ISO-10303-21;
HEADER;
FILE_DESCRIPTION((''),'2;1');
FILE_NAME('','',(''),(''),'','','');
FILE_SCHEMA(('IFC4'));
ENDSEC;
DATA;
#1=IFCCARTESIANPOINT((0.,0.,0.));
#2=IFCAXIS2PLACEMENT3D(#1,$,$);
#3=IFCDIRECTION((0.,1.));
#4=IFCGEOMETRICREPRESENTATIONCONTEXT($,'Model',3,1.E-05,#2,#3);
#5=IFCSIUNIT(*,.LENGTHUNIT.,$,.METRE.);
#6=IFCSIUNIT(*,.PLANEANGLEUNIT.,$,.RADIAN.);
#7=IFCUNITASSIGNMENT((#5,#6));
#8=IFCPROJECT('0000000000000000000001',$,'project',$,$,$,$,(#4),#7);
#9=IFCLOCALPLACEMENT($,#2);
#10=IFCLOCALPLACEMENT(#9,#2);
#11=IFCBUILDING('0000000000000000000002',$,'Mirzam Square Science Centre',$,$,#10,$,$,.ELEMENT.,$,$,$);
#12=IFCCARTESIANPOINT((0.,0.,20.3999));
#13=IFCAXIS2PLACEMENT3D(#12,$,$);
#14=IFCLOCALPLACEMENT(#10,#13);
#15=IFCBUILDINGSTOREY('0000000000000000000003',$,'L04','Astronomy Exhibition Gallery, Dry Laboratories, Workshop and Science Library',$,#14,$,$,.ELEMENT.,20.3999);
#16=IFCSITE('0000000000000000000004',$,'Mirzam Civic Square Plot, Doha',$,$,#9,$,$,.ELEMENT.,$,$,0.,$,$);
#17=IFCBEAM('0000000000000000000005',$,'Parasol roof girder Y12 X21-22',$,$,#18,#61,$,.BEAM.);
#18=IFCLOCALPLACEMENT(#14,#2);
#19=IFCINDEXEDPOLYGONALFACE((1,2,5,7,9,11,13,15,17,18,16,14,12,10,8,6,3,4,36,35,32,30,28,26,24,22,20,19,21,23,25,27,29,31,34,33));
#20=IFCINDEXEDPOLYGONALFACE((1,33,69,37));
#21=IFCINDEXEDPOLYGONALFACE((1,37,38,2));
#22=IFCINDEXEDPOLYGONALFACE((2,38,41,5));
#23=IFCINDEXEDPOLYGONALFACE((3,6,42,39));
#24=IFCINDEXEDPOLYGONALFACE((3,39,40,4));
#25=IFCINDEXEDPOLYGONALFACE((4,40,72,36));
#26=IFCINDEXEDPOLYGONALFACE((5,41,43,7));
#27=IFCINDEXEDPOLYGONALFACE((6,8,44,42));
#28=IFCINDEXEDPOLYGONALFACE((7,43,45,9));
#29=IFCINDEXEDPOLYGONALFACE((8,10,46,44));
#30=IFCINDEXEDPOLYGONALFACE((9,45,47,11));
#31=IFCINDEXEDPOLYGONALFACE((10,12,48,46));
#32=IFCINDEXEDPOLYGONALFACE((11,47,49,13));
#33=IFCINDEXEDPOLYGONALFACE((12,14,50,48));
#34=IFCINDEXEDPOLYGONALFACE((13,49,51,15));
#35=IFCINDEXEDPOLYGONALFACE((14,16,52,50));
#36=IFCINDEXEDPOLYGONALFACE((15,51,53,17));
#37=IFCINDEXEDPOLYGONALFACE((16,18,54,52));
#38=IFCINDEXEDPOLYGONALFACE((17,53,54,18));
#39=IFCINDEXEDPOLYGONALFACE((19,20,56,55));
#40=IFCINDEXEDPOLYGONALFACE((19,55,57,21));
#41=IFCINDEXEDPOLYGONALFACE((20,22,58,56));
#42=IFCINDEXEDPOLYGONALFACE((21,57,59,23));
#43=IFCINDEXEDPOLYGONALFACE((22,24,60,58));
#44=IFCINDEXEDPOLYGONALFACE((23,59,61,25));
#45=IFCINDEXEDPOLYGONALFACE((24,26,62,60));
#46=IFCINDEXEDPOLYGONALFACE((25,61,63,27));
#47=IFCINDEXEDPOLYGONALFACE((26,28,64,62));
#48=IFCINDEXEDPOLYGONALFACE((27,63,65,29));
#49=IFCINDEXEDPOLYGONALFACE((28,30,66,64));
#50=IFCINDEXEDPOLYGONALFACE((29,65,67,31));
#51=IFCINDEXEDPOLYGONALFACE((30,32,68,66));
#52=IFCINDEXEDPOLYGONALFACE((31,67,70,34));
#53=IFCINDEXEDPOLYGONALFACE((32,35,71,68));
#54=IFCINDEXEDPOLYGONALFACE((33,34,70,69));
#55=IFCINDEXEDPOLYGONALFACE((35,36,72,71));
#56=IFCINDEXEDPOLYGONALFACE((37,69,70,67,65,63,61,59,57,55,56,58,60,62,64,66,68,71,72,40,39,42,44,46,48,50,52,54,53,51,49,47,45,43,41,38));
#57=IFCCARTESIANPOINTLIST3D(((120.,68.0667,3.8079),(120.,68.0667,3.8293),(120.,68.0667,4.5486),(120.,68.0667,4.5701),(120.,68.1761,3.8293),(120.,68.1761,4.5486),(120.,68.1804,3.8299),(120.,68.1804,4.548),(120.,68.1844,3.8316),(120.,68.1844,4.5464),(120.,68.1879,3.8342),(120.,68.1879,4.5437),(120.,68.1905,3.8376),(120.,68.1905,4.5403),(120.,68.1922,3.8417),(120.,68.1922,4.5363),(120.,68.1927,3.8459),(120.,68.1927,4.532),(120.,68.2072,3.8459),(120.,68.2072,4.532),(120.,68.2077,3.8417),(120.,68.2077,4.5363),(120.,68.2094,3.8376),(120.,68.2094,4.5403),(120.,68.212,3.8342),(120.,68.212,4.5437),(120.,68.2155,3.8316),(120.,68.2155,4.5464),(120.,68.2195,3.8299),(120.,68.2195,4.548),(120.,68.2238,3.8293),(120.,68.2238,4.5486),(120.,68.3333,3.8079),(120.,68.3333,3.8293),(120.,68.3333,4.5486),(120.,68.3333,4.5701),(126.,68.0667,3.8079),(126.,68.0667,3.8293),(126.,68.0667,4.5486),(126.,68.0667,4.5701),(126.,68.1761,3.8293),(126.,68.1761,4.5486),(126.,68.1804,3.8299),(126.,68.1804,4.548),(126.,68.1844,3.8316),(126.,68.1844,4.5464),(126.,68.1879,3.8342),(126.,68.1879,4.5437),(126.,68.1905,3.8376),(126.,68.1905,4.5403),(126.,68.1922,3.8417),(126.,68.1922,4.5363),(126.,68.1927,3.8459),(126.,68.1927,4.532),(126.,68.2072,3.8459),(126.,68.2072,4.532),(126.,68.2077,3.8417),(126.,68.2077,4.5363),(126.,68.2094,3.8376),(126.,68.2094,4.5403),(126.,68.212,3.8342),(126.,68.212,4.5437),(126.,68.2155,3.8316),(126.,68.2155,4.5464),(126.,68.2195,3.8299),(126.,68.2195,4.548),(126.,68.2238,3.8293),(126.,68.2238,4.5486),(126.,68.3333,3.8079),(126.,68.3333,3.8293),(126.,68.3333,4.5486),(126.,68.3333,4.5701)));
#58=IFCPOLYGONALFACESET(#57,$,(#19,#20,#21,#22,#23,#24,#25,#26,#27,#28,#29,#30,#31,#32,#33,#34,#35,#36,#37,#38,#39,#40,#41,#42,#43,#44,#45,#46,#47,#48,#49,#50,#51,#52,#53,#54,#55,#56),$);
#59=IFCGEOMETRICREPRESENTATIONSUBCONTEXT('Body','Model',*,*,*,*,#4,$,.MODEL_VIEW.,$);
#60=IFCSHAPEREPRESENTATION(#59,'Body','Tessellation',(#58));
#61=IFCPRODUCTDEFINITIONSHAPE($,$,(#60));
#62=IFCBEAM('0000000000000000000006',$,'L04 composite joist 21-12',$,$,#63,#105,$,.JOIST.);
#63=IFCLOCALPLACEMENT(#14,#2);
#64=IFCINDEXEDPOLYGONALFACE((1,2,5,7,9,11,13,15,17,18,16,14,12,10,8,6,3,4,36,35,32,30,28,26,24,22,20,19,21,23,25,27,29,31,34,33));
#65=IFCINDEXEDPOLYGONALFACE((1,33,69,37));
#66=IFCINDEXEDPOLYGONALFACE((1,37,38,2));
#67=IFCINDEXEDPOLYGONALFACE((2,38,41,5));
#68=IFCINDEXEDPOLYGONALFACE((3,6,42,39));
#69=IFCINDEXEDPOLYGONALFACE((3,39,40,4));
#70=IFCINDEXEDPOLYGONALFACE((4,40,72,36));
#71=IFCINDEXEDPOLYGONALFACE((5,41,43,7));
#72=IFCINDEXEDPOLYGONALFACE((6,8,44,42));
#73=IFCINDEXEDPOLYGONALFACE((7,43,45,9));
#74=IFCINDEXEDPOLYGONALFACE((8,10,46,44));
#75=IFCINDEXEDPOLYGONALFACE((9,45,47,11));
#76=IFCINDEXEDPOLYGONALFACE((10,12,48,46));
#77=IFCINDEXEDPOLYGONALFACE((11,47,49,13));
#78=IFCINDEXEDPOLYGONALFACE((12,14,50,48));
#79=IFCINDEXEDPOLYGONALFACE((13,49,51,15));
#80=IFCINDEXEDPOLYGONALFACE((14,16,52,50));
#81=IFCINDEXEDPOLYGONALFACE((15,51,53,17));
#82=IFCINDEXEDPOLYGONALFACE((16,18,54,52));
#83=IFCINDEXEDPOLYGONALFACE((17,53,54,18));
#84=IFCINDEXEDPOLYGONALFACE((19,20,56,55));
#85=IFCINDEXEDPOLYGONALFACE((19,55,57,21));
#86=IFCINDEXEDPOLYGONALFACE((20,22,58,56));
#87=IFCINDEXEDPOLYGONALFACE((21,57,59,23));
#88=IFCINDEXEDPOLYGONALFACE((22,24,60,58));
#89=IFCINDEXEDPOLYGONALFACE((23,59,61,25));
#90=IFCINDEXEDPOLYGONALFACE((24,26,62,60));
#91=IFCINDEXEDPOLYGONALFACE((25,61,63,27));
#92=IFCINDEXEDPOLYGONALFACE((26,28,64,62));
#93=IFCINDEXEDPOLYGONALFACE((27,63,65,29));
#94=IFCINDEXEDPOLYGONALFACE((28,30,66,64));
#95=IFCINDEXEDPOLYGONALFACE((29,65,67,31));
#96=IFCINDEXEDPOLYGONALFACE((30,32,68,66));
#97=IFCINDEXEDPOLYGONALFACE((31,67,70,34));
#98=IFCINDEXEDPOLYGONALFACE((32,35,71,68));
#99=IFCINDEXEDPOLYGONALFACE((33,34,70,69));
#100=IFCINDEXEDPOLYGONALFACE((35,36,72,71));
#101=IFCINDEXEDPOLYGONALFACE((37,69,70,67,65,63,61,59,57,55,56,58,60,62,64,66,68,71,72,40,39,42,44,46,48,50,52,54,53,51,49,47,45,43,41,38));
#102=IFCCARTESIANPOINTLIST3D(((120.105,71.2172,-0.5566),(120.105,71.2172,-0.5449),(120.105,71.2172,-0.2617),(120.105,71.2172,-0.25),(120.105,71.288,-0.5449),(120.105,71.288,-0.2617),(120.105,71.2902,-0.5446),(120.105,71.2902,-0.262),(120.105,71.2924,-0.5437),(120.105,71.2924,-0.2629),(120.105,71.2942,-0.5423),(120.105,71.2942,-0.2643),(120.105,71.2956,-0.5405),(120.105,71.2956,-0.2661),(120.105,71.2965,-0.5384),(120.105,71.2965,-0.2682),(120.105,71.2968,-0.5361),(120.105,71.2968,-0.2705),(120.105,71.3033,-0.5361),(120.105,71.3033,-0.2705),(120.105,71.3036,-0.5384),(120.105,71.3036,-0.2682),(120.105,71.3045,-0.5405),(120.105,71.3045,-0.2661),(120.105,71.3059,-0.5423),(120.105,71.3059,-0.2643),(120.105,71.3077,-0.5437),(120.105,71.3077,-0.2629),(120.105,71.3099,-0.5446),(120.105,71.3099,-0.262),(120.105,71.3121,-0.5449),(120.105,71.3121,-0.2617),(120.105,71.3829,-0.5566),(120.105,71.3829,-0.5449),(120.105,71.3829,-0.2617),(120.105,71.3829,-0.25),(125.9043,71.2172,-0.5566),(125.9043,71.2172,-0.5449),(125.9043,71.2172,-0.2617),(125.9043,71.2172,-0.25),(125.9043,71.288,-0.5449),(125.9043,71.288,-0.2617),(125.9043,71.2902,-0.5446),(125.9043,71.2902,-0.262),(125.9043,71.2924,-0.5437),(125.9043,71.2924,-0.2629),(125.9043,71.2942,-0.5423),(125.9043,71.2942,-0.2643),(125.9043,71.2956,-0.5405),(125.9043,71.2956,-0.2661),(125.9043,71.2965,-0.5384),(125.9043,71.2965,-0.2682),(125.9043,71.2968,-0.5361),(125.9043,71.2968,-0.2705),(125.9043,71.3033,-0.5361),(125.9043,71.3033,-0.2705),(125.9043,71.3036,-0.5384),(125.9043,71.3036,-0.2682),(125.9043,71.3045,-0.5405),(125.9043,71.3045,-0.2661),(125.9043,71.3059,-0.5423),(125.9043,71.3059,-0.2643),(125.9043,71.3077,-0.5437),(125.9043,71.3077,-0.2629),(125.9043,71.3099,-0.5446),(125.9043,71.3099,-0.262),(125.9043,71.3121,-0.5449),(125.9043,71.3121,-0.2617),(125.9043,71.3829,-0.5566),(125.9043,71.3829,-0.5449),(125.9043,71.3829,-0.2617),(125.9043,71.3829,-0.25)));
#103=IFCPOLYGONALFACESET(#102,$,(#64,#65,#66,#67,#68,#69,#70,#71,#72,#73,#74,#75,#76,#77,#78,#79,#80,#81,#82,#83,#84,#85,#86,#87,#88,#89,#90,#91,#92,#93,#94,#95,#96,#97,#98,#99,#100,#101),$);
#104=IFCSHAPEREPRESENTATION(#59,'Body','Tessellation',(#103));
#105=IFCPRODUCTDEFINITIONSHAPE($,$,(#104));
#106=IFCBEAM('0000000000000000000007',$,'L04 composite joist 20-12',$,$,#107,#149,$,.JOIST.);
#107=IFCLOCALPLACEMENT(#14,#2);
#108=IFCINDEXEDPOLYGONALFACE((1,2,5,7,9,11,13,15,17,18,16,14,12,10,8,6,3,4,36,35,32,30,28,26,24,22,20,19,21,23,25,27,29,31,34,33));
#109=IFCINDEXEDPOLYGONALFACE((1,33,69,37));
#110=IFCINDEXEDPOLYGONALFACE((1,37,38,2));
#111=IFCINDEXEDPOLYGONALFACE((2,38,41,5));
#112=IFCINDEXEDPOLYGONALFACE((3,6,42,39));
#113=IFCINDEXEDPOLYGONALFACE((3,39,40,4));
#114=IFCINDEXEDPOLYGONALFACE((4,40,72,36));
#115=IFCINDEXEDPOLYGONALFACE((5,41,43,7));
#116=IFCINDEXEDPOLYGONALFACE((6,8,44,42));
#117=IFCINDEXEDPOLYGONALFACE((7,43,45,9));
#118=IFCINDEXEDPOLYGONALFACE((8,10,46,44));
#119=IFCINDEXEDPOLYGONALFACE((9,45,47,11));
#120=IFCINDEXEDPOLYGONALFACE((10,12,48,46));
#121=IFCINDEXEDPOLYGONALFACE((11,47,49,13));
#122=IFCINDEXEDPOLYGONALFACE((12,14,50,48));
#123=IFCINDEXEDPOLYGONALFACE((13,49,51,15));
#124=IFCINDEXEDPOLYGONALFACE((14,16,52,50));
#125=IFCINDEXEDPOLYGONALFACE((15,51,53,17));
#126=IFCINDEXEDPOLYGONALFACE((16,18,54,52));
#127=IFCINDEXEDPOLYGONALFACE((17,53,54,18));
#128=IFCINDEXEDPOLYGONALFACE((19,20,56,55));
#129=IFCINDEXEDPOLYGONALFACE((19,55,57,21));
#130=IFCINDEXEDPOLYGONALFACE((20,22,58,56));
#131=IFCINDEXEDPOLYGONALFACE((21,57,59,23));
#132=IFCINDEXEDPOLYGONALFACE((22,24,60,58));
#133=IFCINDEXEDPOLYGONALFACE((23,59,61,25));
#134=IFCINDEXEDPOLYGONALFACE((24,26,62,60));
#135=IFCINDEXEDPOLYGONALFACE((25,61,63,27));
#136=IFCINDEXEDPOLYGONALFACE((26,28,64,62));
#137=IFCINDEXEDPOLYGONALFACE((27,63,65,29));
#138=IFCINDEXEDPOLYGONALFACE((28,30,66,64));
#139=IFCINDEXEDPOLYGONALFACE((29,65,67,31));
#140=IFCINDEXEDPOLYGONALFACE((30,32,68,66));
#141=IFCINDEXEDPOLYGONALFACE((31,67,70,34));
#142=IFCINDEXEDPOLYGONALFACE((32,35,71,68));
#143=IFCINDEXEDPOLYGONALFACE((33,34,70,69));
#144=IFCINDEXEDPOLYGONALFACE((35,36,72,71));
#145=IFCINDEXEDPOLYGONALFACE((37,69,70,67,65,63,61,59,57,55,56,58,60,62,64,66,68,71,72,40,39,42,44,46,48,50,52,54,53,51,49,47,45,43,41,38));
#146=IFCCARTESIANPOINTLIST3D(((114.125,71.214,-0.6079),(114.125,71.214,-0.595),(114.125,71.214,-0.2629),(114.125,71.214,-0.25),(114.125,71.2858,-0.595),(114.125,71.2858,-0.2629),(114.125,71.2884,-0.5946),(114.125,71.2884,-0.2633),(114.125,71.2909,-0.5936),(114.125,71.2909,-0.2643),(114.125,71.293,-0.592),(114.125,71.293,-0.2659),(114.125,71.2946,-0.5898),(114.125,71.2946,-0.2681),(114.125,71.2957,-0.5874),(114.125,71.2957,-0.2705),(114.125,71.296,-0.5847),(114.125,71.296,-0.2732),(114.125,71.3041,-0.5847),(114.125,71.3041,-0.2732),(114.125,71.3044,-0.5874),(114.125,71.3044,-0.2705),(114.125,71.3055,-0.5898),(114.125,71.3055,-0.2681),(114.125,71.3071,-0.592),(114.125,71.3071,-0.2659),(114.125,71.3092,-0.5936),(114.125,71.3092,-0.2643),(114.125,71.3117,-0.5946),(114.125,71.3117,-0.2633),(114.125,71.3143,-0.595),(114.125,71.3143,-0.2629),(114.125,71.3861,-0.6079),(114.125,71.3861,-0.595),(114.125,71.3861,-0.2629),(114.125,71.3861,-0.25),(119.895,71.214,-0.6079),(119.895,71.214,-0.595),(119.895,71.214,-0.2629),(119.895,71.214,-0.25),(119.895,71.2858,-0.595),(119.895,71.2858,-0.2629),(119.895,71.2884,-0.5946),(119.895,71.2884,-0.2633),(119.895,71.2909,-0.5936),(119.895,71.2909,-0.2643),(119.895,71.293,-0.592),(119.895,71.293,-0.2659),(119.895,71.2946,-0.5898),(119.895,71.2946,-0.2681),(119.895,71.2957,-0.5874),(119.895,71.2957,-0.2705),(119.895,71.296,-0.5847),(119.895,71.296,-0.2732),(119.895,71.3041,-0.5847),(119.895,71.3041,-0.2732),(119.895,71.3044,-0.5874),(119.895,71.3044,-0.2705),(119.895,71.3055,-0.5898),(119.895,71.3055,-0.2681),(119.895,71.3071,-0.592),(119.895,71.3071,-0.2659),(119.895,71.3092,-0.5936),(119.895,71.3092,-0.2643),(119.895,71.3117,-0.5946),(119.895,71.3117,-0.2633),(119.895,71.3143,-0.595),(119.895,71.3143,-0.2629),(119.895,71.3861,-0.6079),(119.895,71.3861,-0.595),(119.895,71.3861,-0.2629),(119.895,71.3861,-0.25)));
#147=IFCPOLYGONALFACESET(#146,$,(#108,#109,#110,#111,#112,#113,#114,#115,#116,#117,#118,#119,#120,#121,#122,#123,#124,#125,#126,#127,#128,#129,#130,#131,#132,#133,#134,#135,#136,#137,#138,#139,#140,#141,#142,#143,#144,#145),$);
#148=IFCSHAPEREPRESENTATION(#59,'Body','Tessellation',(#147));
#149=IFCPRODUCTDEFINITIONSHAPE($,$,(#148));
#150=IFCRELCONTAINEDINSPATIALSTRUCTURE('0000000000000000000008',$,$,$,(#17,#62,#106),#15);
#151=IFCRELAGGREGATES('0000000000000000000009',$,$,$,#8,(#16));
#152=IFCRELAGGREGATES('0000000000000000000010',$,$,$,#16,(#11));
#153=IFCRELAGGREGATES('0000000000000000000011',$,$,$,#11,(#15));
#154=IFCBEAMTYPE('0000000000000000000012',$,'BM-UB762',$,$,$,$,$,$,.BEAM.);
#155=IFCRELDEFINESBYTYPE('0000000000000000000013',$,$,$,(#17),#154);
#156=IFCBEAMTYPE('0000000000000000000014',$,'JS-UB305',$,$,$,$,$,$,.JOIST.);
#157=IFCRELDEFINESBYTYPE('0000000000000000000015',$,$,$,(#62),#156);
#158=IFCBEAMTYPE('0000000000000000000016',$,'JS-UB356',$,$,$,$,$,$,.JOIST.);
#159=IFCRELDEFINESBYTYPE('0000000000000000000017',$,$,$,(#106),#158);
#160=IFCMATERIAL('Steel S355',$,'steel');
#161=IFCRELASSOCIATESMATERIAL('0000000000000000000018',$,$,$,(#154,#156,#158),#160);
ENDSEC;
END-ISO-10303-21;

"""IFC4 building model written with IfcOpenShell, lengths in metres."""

from ifc_helpers import new_model, si_unit, direction, frame, origin, origin_2d, place, context, subcontext, project, spatial, i_section, extrude, material, material_profile, profile_set, type_object, element, save


model = new_model("IFC4")

# Units and contexts
model_context = context("Model", 3, precision=1e-05, world=origin(), true_north=direction((0.0, 1.0)))
body_context = subcontext(model_context, "Body", "Model", "MODEL_VIEW")
ifc_project = project(units=[si_unit("LENGTHUNIT", "METRE"), si_unit("PLANEANGLEUNIT", "RADIAN")], contexts=[model_context])

# Site, building, storey
site_placement = place(None, origin())
site = spatial("IfcSite", under=ifc_project, at=site_placement, Name="Mirzam Civic Square Plot, Doha", CompositionType="ELEMENT", RefElevation=0.0)
building_placement = place(site_placement, origin())
building = spatial("IfcBuilding", under=site, at=building_placement, Name="Mirzam Square Science Centre", CompositionType="ELEMENT")
storey_placement = place(building_placement, frame((0.0, 0.0, 20.3999)))
storey = spatial("IfcBuildingStorey", under=building, at=storey_placement, Name="L04", Description="Astronomy Exhibition Gallery, Dry Laboratories, Workshop and Science Library", CompositionType="ELEMENT", Elevation=20.3999)

# Shared definitions
ifc_material_1 = material(Name="Steel S355", Category="steel")

# Beams
ifc_material_profile_1 = material_profile(ifc_material_1, i_section(OverallWidth=0.2666, OverallDepth=0.7622, WebThickness=0.0144, FlangeThickness=0.0215, FilletRadius=0.0166, at=origin_2d()), Name="762x267x173UB")
ifc_profile_set_1 = profile_set([ifc_material_profile_1], Name="Steel S355")
beam_type_1 = type_object("IfcBeamType", Name="BM-UB762", PredefinedType="BEAM", material=ifc_profile_set_1)
for number, where, z_axis, x_axis, name in (
    (1, (120.0, 68.2, 4.189), (1.0, 0.0, 0.0), (0.0, 1.0, 0.0), "Parasol roof girder Y12 X21-22"),
):
    element("IfcBeam", number, at=place(storey_placement, frame(where, z_axis=z_axis, x_axis=x_axis)), inside=storey, type_object=beam_type_1, Name=name, PredefinedType="BEAM", context=body_context, shape_type="SweptSolid", body=[
        extrude(i_section(OverallWidth=0.2666, OverallDepth=0.7622, WebThickness=0.0144, FlangeThickness=0.0215, FilletRadius=0.0166, at=origin_2d()), origin(), (0.0, 0.0, 1.0), 6.0),
    ])
ifc_material_profile_2 = material_profile(ifc_material_1, i_section(OverallWidth=0.1658, OverallDepth=0.3066, WebThickness=0.0066, FlangeThickness=0.0117, FilletRadius=0.0088, at=origin_2d()), Name="305x165x46UB")
ifc_profile_set_2 = profile_set([ifc_material_profile_2], Name="Steel S355")
beam_type_2 = type_object("IfcBeamType", Name="JS-UB305", PredefinedType="JOIST", material=ifc_profile_set_2)
beam_1_placement = place(storey_placement, frame((120.105, 71.3, -0.4033), z_axis=(1.0, 0.0, 0.0), x_axis=(0.0, 1.0, 0.0)))
element("IfcBeam", 2, at=beam_1_placement, inside=storey, type_object=beam_type_2, Name="L04 composite joist 21-12", PredefinedType="JOIST", context=body_context, shape_type="SweptSolid", body=[
    extrude(i_section(OverallWidth=0.1658, OverallDepth=0.3066, WebThickness=0.0066, FlangeThickness=0.0117, FilletRadius=0.0088, at=origin_2d()), origin(), (0.0, 0.0, 1.0), 5.7993),
])
ifc_material_profile_3 = material_profile(ifc_material_1, i_section(OverallWidth=0.1721, OverallDepth=0.3579, WebThickness=0.0081, FlangeThickness=0.0129, FilletRadius=0.0103, at=origin_2d()), Name="356x171x57UB")
ifc_profile_set_3 = profile_set([ifc_material_profile_3], Name="Steel S355")
beam_type_3 = type_object("IfcBeamType", Name="JS-UB356", PredefinedType="JOIST", material=ifc_profile_set_3)
beam_2_placement = place(storey_placement, frame((114.125, 71.3, -0.429), z_axis=(1.0, 0.0, 0.0), x_axis=(0.0, 1.0, 0.0)))
element("IfcBeam", 3, at=beam_2_placement, inside=storey, type_object=beam_type_3, Name="L04 composite joist 20-12", PredefinedType="JOIST", context=body_context, shape_type="SweptSolid", body=[
    extrude(i_section(OverallWidth=0.1721, OverallDepth=0.3579, WebThickness=0.0081, FlangeThickness=0.0129, FilletRadius=0.0103, at=origin_2d()), origin(), (0.0, 0.0, 1.0), 5.77),
])

save(model, "model.ifc")
